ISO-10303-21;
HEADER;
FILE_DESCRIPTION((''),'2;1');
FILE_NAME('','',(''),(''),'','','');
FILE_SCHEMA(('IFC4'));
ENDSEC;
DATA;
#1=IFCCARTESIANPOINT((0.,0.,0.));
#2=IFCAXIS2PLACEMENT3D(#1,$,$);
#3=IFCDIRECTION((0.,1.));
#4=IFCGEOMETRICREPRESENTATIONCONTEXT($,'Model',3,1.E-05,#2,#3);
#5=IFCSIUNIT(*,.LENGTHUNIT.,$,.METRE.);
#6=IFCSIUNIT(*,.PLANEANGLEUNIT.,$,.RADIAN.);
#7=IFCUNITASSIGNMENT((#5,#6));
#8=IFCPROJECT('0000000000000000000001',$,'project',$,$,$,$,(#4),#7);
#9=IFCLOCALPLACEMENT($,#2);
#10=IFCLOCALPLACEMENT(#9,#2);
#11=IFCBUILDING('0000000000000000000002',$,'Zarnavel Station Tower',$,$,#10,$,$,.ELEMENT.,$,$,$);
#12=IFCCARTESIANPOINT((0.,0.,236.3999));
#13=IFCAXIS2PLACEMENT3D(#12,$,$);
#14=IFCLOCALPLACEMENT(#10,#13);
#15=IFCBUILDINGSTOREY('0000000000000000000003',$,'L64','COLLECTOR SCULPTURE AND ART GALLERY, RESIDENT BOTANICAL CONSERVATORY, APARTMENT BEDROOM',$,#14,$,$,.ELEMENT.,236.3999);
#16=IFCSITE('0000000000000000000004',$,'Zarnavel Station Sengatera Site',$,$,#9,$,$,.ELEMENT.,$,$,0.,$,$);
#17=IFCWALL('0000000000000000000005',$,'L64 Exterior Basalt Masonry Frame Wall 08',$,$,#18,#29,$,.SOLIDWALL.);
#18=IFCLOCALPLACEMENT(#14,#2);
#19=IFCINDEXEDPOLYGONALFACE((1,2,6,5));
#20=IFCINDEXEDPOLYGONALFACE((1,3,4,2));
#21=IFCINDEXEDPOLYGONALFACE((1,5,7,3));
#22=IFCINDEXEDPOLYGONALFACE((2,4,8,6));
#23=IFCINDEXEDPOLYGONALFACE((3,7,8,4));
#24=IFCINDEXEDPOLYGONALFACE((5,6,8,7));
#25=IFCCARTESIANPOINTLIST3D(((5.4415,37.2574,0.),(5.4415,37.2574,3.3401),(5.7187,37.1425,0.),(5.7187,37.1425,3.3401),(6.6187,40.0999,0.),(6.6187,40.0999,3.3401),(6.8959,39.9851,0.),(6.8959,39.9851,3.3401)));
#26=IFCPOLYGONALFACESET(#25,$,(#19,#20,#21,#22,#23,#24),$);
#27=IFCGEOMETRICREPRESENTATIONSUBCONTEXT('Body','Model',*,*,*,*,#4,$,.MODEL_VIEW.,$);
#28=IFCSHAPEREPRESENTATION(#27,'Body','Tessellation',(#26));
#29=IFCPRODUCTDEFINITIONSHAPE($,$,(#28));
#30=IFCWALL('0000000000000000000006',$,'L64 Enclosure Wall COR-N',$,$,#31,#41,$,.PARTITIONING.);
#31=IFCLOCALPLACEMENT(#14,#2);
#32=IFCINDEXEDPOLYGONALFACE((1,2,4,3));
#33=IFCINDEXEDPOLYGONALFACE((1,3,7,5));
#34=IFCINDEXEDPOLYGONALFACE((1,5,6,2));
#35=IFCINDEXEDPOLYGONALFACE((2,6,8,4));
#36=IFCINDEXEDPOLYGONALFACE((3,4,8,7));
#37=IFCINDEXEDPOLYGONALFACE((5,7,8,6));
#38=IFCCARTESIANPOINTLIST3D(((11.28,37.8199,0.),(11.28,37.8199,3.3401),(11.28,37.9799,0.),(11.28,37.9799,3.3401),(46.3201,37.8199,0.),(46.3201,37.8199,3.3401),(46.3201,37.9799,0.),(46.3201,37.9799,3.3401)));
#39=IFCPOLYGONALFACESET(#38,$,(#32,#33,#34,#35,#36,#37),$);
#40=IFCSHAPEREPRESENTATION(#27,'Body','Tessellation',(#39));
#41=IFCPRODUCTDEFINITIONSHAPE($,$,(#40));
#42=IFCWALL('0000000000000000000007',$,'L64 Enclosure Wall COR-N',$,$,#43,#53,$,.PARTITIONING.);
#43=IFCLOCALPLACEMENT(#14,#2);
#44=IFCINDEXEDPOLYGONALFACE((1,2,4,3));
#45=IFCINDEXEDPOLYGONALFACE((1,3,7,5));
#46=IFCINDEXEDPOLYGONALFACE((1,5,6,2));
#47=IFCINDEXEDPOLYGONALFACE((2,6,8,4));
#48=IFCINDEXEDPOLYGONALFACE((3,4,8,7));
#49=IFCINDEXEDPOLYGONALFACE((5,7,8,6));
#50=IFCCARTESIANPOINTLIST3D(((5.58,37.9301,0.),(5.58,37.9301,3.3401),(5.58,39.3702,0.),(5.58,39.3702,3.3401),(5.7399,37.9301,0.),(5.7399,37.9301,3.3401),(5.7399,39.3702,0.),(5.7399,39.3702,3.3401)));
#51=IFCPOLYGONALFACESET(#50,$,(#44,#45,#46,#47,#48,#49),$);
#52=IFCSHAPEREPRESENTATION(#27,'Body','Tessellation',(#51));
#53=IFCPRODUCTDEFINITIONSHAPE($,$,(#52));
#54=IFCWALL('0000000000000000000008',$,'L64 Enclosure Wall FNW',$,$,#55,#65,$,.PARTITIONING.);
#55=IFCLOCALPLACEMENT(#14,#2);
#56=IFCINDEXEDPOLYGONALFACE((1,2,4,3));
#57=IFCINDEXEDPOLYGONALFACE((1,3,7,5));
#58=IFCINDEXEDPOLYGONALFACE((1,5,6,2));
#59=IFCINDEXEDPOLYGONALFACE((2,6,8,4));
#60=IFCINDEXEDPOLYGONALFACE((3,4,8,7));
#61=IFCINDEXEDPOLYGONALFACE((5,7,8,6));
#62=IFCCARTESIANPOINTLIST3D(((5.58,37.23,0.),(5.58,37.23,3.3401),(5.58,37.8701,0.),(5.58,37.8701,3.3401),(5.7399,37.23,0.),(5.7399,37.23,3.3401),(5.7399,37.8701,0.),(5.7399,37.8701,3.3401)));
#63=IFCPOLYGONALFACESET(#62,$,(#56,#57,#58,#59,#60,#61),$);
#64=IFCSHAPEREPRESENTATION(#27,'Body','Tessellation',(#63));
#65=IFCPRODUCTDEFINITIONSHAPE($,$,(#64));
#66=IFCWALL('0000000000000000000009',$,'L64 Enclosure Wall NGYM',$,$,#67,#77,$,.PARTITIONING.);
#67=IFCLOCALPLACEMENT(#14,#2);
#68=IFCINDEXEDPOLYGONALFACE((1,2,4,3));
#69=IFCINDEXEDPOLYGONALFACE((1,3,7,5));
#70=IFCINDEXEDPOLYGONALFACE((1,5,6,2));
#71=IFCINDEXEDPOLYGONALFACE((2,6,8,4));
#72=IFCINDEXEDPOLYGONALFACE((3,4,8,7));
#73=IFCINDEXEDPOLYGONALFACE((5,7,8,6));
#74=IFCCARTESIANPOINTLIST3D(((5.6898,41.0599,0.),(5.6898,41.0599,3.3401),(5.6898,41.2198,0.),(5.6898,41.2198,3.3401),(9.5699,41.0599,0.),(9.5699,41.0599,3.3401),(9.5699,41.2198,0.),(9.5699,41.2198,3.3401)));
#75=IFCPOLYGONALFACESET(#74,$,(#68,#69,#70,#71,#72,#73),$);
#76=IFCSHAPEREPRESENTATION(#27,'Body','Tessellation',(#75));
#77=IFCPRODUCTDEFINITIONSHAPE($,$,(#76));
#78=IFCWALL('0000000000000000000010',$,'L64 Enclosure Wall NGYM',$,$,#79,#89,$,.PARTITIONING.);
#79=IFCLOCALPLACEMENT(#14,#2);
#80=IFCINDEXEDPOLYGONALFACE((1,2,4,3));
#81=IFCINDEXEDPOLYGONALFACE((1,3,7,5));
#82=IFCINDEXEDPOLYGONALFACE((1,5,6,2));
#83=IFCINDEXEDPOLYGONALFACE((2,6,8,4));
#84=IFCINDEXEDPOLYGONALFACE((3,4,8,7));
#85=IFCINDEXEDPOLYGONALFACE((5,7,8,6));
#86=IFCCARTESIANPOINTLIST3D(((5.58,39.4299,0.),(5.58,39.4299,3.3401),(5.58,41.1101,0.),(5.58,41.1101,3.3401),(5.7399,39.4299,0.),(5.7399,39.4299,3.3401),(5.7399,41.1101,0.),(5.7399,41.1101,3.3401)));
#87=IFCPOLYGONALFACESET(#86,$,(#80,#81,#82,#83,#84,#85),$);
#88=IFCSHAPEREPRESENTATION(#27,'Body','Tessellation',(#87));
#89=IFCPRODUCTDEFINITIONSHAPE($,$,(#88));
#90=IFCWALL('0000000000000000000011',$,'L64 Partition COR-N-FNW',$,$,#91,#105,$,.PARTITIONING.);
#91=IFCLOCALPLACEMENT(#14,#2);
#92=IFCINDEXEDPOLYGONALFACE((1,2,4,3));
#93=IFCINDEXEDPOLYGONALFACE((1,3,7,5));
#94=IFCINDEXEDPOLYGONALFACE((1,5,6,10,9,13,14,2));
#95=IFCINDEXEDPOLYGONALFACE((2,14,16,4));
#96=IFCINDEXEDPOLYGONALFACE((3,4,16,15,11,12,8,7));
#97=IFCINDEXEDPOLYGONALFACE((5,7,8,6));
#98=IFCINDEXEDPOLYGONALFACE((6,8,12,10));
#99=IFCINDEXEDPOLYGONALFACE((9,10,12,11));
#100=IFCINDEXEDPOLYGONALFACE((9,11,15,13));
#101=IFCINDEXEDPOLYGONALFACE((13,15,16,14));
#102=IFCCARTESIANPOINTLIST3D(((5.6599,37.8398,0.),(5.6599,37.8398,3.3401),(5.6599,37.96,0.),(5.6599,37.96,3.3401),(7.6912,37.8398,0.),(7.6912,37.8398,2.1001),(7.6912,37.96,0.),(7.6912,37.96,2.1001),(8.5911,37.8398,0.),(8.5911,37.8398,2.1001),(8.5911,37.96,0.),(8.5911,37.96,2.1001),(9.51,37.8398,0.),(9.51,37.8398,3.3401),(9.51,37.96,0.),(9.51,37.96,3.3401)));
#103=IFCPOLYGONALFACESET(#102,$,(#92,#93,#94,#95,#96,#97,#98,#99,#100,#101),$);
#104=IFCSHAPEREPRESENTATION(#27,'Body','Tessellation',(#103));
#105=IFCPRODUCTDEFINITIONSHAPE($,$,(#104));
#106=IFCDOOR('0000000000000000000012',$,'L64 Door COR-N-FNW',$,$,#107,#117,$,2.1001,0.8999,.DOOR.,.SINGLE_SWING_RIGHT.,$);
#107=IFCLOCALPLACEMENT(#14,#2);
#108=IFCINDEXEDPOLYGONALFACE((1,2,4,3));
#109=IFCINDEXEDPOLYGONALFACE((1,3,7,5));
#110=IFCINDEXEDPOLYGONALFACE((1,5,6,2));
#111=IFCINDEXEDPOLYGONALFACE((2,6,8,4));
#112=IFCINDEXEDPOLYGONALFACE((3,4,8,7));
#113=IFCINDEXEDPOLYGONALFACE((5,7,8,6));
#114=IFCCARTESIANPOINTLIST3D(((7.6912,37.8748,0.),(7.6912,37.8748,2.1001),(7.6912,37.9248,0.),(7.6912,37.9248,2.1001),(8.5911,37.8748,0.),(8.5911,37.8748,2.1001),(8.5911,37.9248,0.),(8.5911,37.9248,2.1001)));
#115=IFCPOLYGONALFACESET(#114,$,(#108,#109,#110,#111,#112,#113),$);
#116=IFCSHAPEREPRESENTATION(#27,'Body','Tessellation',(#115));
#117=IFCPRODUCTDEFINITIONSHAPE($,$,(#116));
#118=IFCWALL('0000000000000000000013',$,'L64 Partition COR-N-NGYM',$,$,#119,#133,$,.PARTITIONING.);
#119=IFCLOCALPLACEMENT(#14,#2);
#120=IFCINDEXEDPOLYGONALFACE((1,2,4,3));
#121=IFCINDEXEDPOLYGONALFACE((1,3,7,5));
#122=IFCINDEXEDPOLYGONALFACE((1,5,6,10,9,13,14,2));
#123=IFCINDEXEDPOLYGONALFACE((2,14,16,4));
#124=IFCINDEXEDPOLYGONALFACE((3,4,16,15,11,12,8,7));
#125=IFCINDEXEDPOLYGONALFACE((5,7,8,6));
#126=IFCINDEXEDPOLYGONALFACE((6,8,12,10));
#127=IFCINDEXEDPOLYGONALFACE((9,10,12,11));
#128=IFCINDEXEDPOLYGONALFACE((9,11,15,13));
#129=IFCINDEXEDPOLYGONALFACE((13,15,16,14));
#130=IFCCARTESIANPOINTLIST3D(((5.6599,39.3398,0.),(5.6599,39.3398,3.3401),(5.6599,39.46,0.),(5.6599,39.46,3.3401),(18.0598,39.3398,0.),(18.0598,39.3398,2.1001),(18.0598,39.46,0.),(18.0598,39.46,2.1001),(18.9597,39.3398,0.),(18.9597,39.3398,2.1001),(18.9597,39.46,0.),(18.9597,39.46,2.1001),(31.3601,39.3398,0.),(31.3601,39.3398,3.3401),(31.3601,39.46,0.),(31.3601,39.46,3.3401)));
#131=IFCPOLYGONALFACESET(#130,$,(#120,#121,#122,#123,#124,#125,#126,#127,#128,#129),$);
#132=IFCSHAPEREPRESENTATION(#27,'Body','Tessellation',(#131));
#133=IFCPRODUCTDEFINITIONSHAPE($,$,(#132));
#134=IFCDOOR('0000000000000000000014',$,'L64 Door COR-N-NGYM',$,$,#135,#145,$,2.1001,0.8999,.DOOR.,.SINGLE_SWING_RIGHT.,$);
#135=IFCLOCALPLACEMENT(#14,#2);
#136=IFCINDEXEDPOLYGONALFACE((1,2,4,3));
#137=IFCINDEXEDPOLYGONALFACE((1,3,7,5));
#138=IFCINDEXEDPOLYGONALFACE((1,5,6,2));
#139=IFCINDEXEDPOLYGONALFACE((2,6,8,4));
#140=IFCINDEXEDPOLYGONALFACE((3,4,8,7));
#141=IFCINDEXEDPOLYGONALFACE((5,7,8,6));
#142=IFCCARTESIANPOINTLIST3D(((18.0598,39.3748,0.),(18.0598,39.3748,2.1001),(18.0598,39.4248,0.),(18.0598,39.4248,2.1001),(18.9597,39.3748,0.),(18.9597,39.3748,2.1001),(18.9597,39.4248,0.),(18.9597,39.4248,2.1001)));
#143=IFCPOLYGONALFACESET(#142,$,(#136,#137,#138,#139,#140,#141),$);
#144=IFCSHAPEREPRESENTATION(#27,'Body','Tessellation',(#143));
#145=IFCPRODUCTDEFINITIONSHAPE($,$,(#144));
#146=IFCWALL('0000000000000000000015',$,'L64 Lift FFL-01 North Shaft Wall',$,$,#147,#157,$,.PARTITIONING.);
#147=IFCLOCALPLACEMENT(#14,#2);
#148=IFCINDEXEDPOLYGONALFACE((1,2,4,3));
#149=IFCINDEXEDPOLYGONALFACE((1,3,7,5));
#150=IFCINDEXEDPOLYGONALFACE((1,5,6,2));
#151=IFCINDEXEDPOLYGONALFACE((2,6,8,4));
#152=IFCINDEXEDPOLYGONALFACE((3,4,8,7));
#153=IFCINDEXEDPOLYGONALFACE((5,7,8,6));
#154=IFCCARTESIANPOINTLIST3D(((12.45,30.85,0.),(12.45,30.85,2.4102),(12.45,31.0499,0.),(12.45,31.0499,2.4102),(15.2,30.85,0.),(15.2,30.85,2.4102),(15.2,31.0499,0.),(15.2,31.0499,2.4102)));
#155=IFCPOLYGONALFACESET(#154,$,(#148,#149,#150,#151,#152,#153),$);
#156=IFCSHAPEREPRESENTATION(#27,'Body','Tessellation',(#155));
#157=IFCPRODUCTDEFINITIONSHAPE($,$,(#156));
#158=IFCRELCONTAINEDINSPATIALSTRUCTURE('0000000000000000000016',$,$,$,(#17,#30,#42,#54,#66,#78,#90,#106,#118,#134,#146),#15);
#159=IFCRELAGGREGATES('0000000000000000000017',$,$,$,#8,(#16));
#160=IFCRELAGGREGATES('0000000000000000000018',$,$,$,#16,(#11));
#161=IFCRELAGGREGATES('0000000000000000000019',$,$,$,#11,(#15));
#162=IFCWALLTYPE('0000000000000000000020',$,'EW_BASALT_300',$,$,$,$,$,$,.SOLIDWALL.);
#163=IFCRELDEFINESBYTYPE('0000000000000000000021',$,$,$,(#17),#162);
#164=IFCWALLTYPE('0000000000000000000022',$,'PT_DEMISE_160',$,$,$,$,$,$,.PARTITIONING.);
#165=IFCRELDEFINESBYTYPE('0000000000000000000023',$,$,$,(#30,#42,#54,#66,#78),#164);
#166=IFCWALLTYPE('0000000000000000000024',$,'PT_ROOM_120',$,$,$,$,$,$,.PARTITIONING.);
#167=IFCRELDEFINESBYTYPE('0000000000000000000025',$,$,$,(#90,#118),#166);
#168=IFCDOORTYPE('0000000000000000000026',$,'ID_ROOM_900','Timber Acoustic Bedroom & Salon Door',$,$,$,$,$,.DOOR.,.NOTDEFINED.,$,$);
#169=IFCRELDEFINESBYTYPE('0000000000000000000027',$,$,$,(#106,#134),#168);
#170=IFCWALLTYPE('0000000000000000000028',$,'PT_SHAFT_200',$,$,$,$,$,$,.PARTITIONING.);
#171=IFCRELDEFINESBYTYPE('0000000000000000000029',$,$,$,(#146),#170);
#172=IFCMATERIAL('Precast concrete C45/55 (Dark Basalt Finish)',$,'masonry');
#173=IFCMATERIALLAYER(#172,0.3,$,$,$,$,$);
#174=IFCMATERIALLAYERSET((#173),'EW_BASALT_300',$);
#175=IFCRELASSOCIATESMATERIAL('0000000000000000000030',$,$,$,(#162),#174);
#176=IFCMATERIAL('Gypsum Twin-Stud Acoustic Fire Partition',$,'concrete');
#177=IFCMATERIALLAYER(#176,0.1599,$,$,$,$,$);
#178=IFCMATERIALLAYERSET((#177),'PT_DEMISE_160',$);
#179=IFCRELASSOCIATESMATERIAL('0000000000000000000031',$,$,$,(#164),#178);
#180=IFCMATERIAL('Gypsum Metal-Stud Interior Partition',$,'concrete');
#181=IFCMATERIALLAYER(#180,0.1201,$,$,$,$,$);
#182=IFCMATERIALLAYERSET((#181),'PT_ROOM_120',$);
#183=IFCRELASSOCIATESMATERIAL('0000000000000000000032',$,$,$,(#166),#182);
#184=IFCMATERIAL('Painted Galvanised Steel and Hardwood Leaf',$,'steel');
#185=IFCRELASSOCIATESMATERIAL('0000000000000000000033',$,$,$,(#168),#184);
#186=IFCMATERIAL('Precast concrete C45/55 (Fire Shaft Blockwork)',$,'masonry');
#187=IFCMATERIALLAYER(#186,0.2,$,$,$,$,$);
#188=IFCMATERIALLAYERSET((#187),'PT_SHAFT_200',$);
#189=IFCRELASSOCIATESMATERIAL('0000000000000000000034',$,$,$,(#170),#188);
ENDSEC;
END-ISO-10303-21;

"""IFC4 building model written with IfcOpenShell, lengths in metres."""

from ifc_helpers import new_model, si_unit, direction, frame, frame_2d, origin, place, context, subcontext, project, spatial, rectangle, extrude, material, layer, layer_set, type_object, element, fill, save


model = new_model("IFC4")

# Units and contexts
model_context = context("Model", 3, precision=1e-05, world=origin(), true_north=direction((0.0, 1.0)))
body_context = subcontext(model_context, "Body", "Model", "MODEL_VIEW")
ifc_project = project(units=[si_unit("LENGTHUNIT", "METRE"), si_unit("PLANEANGLEUNIT", "RADIAN")], contexts=[model_context])

# Site, building, storey
site_placement = place(None, origin())
site = spatial("IfcSite", under=ifc_project, at=site_placement, Name="Zarnavel Station Sengatera Site", CompositionType="ELEMENT", RefElevation=0.0)
building_placement = place(site_placement, origin())
building = spatial("IfcBuilding", under=site, at=building_placement, Name="Zarnavel Station Tower", CompositionType="ELEMENT")
storey_placement = place(building_placement, frame((0.0, 0.0, 236.3999)))
storey = spatial("IfcBuildingStorey", under=building, at=storey_placement, Name="L64", Description="COLLECTOR SCULPTURE AND ART GALLERY, RESIDENT BOTANICAL CONSERVATORY, APARTMENT BEDROOM", CompositionType="ELEMENT", Elevation=236.3999)

# Shared definitions
ifc_material_1 = material(Name="Precast concrete C45/55 (Dark Basalt Finish)", Category="masonry")
ifc_layer_1 = layer(ifc_material_1, 0.3)
ifc_layer_set_1 = layer_set([ifc_layer_1], Name="EW_BASALT_300")
wall_type_1 = type_object("IfcWallType", Name="EW_BASALT_300", PredefinedType="SOLIDWALL", material=ifc_layer_set_1)

# Walls
wall_1_placement = place(storey_placement, frame((5.5801, 37.2, 0.0), z_axis=(0.0, 0.0, 1.0), x_axis=(0.382637, 0.923899, 0.0)))
element("IfcWall", 1, at=wall_1_placement, inside=storey, type_object=wall_type_1, Name="L64 Exterior Basalt Masonry Frame Wall 08", PredefinedType="SOLIDWALL", context=body_context, shape_type="SweptSolid", body=[
    extrude(rectangle(XDim=3.0767, YDim=0.3, at=frame_2d((1.5383, 0.0))), origin(), (0.0, 0.0, 1.0), 3.3401),
])
ifc_material_2 = material(Name="Gypsum Twin-Stud Acoustic Fire Partition", Category="concrete")
ifc_layer_2 = layer(ifc_material_2, 0.1599)
ifc_layer_set_2 = layer_set([ifc_layer_2], Name="PT_DEMISE_160")
wall_type_2 = type_object("IfcWallType", Name="PT_DEMISE_160", PredefinedType="PARTITIONING", material=ifc_layer_set_2)
wall_2_placement = place(storey_placement, frame((11.28, 37.8999, 0.0), z_axis=(0.0, 0.0, 1.0), x_axis=(1.0, 0.0, 0.0)))
element("IfcWall", 2, at=wall_2_placement, inside=storey, type_object=wall_type_2, Name="L64 Enclosure Wall COR-N", PredefinedType="PARTITIONING", context=body_context, shape_type="SweptSolid", body=[
    extrude(rectangle(XDim=35.04, YDim=0.1599, at=frame_2d((17.52, 0.0))), origin(), (0.0, 0.0, 1.0), 3.3401),
])
wall_3_placement = place(storey_placement, frame((5.6599, 37.9299, 0.0), z_axis=(0.0, 0.0, 1.0), x_axis=(0.0, 1.0, 0.0)))
element("IfcWall", 3, at=wall_3_placement, inside=storey, type_object=wall_type_2, Name="L64 Enclosure Wall COR-N", PredefinedType="PARTITIONING", context=body_context, shape_type="SweptSolid", body=[
    extrude(rectangle(XDim=1.4402, YDim=0.1599, at=frame_2d((0.7202, 0.0))), origin(), (0.0, 0.0, 1.0), 3.3401),
])
wall_4_placement = place(storey_placement, frame((5.6599, 37.23, 0.0), z_axis=(0.0, 0.0, 1.0), x_axis=(0.0, 1.0, 0.0)))
element("IfcWall", 4, at=wall_4_placement, inside=storey, type_object=wall_type_2, Name="L64 Enclosure Wall FNW", PredefinedType="PARTITIONING", context=body_context, shape_type="SweptSolid", body=[
    extrude(rectangle(XDim=0.6401, YDim=0.1599, at=frame_2d((0.3201, 0.0))), origin(), (0.0, 0.0, 1.0), 3.3401),
])
wall_5_placement = place(storey_placement, frame((5.6899, 41.1399, 0.0), z_axis=(0.0, 0.0, 1.0), x_axis=(1.0, 0.0, 0.0)))
element("IfcWall", 5, at=wall_5_placement, inside=storey, type_object=wall_type_2, Name="L64 Enclosure Wall NGYM", PredefinedType="PARTITIONING", context=body_context, shape_type="SweptSolid", body=[
    extrude(rectangle(XDim=3.8801, YDim=0.1599, at=frame_2d((1.9399, 0.0))), origin(), (0.0, 0.0, 1.0), 3.3401),
])
wall_6_placement = place(storey_placement, frame((5.6599, 39.4299, 0.0), z_axis=(0.0, 0.0, 1.0), x_axis=(0.0, 1.0, 0.0)))
element("IfcWall", 6, at=wall_6_placement, inside=storey, type_object=wall_type_2, Name="L64 Enclosure Wall NGYM", PredefinedType="PARTITIONING", context=body_context, shape_type="SweptSolid", body=[
    extrude(rectangle(XDim=1.6802, YDim=0.1599, at=frame_2d((0.8401, 0.0))), origin(), (0.0, 0.0, 1.0), 3.3401),
])

# Walls, openings, doors
ifc_material_3 = material(Name="Gypsum Metal-Stud Interior Partition", Category="concrete")
ifc_layer_3 = layer(ifc_material_3, 0.1201)
ifc_layer_set_3 = layer_set([ifc_layer_3], Name="PT_ROOM_120")
wall_type_3 = type_object("IfcWallType", Name="PT_ROOM_120", PredefinedType="PARTITIONING", material=ifc_layer_set_3)
wall_7_placement = place(storey_placement, frame((5.6599, 37.8999, 0.0), z_axis=(0.0, 0.0, 1.0), x_axis=(1.0, 0.0, 0.0)))
wall_7 = element("IfcWall", 7, at=wall_7_placement, inside=storey, type_object=wall_type_3, Name="L64 Partition COR-N-FNW", PredefinedType="PARTITIONING", context=body_context, shape_type="SweptSolid", body=[
    extrude(rectangle(XDim=3.8501, YDim=0.1201, at=frame_2d((1.925, 0.0))), origin(), (0.0, 0.0, 1.0), 3.3401),
])
opening_1_placement = place(wall_7_placement, frame((2.0312, 0.0, 0.0)))
opening_1 = element("IfcOpeningElement", 8, at=opening_1_placement, cuts=wall_7, PredefinedType="OPENING", context=body_context, shape_type="SweptSolid", body=[
    extrude(rectangle(XDim=0.8999, YDim=2.1001, at=frame_2d((0.45, 1.05))), frame((0.0, 0.0701, 0.0), z_axis=(0.0, -1.0, 0.0), x_axis=(1.0, 0.0, 0.0)), (0.0, 0.0, 1.0), 0.1401),
])
ifc_material_4 = material(Name="Painted Galvanised Steel and Hardwood Leaf", Category="steel")
door_type = type_object("IfcDoorType", Name="ID_ROOM_900", Description="Timber Acoustic Bedroom & Salon Door", OperationType="NOTDEFINED", PredefinedType="DOOR", material=ifc_material_4)
door_1_placement = place(opening_1_placement, origin())
door_1 = element("IfcDoor", 9, at=door_1_placement, inside=storey, type_object=door_type, Name="L64 Door COR-N-FNW", OperationType="SINGLE_SWING_RIGHT", OverallHeight=2.1001, OverallWidth=0.8999, PredefinedType="DOOR", context=body_context, shape_type="SweptSolid", body=[
    extrude(rectangle(XDim=0.8999, YDim=2.1001, at=frame_2d((0.45, 1.05))), frame((0.0, 0.0249, 0.0), z_axis=(0.0, -1.0, 0.0), x_axis=(1.0, 0.0, 0.0)), (0.0, 0.0, 1.0), 0.05),
])
fill(opening_1, door_1)
wall_8_placement = place(storey_placement, frame((5.6599, 39.3999, 0.0), z_axis=(0.0, 0.0, 1.0), x_axis=(1.0, 0.0, 0.0)))
wall_8 = element("IfcWall", 10, at=wall_8_placement, inside=storey, type_object=wall_type_3, Name="L64 Partition COR-N-NGYM", PredefinedType="PARTITIONING", context=body_context, shape_type="SweptSolid", body=[
    extrude(rectangle(XDim=25.7002, YDim=0.1201, at=frame_2d((12.8501, 0.0))), origin(), (0.0, 0.0, 1.0), 3.3401),
])
opening_2_placement = place(wall_8_placement, frame((12.3999, 0.0, 0.0)))
opening_2 = element("IfcOpeningElement", 11, at=opening_2_placement, cuts=wall_8, PredefinedType="OPENING", context=body_context, shape_type="SweptSolid", body=[
    extrude(rectangle(XDim=0.8999, YDim=2.1001, at=frame_2d((0.45, 1.05))), frame((0.0, 0.0701, 0.0), z_axis=(0.0, -1.0, 0.0), x_axis=(1.0, 0.0, 0.0)), (0.0, 0.0, 1.0), 0.1401),
])
door_2_placement = place(opening_2_placement, origin())
door_2 = element("IfcDoor", 12, at=door_2_placement, inside=storey, type_object=door_type, Name="L64 Door COR-N-NGYM", OperationType="SINGLE_SWING_RIGHT", OverallHeight=2.1001, OverallWidth=0.8999, PredefinedType="DOOR", context=body_context, shape_type="SweptSolid", body=[
    extrude(rectangle(XDim=0.8999, YDim=2.1001, at=frame_2d((0.45, 1.05))), frame((0.0, 0.0249, 0.0), z_axis=(0.0, -1.0, 0.0), x_axis=(1.0, 0.0, 0.0)), (0.0, 0.0, 1.0), 0.05),
])
fill(opening_2, door_2)

# Wall
ifc_material_5 = material(Name="Precast concrete C45/55 (Fire Shaft Blockwork)", Category="masonry")
ifc_layer_4 = layer(ifc_material_5, 0.2)
ifc_layer_set_4 = layer_set([ifc_layer_4], Name="PT_SHAFT_200")
wall_type_4 = type_object("IfcWallType", Name="PT_SHAFT_200", PredefinedType="PARTITIONING", material=ifc_layer_set_4)
wall_9_placement = place(storey_placement, frame((12.45, 30.95, 0.0), z_axis=(0.0, 0.0, 1.0), x_axis=(1.0, 0.0, 0.0)))
element("IfcWall", 13, at=wall_9_placement, inside=storey, type_object=wall_type_4, Name="L64 Lift FFL-01 North Shaft Wall", PredefinedType="PARTITIONING", context=body_context, shape_type="SweptSolid", body=[
    extrude(rectangle(XDim=2.75, YDim=0.2, at=frame_2d((1.375, 0.0))), origin(), (0.0, 0.0, 1.0), 2.4102),
])

save(model, "model.ifc")
